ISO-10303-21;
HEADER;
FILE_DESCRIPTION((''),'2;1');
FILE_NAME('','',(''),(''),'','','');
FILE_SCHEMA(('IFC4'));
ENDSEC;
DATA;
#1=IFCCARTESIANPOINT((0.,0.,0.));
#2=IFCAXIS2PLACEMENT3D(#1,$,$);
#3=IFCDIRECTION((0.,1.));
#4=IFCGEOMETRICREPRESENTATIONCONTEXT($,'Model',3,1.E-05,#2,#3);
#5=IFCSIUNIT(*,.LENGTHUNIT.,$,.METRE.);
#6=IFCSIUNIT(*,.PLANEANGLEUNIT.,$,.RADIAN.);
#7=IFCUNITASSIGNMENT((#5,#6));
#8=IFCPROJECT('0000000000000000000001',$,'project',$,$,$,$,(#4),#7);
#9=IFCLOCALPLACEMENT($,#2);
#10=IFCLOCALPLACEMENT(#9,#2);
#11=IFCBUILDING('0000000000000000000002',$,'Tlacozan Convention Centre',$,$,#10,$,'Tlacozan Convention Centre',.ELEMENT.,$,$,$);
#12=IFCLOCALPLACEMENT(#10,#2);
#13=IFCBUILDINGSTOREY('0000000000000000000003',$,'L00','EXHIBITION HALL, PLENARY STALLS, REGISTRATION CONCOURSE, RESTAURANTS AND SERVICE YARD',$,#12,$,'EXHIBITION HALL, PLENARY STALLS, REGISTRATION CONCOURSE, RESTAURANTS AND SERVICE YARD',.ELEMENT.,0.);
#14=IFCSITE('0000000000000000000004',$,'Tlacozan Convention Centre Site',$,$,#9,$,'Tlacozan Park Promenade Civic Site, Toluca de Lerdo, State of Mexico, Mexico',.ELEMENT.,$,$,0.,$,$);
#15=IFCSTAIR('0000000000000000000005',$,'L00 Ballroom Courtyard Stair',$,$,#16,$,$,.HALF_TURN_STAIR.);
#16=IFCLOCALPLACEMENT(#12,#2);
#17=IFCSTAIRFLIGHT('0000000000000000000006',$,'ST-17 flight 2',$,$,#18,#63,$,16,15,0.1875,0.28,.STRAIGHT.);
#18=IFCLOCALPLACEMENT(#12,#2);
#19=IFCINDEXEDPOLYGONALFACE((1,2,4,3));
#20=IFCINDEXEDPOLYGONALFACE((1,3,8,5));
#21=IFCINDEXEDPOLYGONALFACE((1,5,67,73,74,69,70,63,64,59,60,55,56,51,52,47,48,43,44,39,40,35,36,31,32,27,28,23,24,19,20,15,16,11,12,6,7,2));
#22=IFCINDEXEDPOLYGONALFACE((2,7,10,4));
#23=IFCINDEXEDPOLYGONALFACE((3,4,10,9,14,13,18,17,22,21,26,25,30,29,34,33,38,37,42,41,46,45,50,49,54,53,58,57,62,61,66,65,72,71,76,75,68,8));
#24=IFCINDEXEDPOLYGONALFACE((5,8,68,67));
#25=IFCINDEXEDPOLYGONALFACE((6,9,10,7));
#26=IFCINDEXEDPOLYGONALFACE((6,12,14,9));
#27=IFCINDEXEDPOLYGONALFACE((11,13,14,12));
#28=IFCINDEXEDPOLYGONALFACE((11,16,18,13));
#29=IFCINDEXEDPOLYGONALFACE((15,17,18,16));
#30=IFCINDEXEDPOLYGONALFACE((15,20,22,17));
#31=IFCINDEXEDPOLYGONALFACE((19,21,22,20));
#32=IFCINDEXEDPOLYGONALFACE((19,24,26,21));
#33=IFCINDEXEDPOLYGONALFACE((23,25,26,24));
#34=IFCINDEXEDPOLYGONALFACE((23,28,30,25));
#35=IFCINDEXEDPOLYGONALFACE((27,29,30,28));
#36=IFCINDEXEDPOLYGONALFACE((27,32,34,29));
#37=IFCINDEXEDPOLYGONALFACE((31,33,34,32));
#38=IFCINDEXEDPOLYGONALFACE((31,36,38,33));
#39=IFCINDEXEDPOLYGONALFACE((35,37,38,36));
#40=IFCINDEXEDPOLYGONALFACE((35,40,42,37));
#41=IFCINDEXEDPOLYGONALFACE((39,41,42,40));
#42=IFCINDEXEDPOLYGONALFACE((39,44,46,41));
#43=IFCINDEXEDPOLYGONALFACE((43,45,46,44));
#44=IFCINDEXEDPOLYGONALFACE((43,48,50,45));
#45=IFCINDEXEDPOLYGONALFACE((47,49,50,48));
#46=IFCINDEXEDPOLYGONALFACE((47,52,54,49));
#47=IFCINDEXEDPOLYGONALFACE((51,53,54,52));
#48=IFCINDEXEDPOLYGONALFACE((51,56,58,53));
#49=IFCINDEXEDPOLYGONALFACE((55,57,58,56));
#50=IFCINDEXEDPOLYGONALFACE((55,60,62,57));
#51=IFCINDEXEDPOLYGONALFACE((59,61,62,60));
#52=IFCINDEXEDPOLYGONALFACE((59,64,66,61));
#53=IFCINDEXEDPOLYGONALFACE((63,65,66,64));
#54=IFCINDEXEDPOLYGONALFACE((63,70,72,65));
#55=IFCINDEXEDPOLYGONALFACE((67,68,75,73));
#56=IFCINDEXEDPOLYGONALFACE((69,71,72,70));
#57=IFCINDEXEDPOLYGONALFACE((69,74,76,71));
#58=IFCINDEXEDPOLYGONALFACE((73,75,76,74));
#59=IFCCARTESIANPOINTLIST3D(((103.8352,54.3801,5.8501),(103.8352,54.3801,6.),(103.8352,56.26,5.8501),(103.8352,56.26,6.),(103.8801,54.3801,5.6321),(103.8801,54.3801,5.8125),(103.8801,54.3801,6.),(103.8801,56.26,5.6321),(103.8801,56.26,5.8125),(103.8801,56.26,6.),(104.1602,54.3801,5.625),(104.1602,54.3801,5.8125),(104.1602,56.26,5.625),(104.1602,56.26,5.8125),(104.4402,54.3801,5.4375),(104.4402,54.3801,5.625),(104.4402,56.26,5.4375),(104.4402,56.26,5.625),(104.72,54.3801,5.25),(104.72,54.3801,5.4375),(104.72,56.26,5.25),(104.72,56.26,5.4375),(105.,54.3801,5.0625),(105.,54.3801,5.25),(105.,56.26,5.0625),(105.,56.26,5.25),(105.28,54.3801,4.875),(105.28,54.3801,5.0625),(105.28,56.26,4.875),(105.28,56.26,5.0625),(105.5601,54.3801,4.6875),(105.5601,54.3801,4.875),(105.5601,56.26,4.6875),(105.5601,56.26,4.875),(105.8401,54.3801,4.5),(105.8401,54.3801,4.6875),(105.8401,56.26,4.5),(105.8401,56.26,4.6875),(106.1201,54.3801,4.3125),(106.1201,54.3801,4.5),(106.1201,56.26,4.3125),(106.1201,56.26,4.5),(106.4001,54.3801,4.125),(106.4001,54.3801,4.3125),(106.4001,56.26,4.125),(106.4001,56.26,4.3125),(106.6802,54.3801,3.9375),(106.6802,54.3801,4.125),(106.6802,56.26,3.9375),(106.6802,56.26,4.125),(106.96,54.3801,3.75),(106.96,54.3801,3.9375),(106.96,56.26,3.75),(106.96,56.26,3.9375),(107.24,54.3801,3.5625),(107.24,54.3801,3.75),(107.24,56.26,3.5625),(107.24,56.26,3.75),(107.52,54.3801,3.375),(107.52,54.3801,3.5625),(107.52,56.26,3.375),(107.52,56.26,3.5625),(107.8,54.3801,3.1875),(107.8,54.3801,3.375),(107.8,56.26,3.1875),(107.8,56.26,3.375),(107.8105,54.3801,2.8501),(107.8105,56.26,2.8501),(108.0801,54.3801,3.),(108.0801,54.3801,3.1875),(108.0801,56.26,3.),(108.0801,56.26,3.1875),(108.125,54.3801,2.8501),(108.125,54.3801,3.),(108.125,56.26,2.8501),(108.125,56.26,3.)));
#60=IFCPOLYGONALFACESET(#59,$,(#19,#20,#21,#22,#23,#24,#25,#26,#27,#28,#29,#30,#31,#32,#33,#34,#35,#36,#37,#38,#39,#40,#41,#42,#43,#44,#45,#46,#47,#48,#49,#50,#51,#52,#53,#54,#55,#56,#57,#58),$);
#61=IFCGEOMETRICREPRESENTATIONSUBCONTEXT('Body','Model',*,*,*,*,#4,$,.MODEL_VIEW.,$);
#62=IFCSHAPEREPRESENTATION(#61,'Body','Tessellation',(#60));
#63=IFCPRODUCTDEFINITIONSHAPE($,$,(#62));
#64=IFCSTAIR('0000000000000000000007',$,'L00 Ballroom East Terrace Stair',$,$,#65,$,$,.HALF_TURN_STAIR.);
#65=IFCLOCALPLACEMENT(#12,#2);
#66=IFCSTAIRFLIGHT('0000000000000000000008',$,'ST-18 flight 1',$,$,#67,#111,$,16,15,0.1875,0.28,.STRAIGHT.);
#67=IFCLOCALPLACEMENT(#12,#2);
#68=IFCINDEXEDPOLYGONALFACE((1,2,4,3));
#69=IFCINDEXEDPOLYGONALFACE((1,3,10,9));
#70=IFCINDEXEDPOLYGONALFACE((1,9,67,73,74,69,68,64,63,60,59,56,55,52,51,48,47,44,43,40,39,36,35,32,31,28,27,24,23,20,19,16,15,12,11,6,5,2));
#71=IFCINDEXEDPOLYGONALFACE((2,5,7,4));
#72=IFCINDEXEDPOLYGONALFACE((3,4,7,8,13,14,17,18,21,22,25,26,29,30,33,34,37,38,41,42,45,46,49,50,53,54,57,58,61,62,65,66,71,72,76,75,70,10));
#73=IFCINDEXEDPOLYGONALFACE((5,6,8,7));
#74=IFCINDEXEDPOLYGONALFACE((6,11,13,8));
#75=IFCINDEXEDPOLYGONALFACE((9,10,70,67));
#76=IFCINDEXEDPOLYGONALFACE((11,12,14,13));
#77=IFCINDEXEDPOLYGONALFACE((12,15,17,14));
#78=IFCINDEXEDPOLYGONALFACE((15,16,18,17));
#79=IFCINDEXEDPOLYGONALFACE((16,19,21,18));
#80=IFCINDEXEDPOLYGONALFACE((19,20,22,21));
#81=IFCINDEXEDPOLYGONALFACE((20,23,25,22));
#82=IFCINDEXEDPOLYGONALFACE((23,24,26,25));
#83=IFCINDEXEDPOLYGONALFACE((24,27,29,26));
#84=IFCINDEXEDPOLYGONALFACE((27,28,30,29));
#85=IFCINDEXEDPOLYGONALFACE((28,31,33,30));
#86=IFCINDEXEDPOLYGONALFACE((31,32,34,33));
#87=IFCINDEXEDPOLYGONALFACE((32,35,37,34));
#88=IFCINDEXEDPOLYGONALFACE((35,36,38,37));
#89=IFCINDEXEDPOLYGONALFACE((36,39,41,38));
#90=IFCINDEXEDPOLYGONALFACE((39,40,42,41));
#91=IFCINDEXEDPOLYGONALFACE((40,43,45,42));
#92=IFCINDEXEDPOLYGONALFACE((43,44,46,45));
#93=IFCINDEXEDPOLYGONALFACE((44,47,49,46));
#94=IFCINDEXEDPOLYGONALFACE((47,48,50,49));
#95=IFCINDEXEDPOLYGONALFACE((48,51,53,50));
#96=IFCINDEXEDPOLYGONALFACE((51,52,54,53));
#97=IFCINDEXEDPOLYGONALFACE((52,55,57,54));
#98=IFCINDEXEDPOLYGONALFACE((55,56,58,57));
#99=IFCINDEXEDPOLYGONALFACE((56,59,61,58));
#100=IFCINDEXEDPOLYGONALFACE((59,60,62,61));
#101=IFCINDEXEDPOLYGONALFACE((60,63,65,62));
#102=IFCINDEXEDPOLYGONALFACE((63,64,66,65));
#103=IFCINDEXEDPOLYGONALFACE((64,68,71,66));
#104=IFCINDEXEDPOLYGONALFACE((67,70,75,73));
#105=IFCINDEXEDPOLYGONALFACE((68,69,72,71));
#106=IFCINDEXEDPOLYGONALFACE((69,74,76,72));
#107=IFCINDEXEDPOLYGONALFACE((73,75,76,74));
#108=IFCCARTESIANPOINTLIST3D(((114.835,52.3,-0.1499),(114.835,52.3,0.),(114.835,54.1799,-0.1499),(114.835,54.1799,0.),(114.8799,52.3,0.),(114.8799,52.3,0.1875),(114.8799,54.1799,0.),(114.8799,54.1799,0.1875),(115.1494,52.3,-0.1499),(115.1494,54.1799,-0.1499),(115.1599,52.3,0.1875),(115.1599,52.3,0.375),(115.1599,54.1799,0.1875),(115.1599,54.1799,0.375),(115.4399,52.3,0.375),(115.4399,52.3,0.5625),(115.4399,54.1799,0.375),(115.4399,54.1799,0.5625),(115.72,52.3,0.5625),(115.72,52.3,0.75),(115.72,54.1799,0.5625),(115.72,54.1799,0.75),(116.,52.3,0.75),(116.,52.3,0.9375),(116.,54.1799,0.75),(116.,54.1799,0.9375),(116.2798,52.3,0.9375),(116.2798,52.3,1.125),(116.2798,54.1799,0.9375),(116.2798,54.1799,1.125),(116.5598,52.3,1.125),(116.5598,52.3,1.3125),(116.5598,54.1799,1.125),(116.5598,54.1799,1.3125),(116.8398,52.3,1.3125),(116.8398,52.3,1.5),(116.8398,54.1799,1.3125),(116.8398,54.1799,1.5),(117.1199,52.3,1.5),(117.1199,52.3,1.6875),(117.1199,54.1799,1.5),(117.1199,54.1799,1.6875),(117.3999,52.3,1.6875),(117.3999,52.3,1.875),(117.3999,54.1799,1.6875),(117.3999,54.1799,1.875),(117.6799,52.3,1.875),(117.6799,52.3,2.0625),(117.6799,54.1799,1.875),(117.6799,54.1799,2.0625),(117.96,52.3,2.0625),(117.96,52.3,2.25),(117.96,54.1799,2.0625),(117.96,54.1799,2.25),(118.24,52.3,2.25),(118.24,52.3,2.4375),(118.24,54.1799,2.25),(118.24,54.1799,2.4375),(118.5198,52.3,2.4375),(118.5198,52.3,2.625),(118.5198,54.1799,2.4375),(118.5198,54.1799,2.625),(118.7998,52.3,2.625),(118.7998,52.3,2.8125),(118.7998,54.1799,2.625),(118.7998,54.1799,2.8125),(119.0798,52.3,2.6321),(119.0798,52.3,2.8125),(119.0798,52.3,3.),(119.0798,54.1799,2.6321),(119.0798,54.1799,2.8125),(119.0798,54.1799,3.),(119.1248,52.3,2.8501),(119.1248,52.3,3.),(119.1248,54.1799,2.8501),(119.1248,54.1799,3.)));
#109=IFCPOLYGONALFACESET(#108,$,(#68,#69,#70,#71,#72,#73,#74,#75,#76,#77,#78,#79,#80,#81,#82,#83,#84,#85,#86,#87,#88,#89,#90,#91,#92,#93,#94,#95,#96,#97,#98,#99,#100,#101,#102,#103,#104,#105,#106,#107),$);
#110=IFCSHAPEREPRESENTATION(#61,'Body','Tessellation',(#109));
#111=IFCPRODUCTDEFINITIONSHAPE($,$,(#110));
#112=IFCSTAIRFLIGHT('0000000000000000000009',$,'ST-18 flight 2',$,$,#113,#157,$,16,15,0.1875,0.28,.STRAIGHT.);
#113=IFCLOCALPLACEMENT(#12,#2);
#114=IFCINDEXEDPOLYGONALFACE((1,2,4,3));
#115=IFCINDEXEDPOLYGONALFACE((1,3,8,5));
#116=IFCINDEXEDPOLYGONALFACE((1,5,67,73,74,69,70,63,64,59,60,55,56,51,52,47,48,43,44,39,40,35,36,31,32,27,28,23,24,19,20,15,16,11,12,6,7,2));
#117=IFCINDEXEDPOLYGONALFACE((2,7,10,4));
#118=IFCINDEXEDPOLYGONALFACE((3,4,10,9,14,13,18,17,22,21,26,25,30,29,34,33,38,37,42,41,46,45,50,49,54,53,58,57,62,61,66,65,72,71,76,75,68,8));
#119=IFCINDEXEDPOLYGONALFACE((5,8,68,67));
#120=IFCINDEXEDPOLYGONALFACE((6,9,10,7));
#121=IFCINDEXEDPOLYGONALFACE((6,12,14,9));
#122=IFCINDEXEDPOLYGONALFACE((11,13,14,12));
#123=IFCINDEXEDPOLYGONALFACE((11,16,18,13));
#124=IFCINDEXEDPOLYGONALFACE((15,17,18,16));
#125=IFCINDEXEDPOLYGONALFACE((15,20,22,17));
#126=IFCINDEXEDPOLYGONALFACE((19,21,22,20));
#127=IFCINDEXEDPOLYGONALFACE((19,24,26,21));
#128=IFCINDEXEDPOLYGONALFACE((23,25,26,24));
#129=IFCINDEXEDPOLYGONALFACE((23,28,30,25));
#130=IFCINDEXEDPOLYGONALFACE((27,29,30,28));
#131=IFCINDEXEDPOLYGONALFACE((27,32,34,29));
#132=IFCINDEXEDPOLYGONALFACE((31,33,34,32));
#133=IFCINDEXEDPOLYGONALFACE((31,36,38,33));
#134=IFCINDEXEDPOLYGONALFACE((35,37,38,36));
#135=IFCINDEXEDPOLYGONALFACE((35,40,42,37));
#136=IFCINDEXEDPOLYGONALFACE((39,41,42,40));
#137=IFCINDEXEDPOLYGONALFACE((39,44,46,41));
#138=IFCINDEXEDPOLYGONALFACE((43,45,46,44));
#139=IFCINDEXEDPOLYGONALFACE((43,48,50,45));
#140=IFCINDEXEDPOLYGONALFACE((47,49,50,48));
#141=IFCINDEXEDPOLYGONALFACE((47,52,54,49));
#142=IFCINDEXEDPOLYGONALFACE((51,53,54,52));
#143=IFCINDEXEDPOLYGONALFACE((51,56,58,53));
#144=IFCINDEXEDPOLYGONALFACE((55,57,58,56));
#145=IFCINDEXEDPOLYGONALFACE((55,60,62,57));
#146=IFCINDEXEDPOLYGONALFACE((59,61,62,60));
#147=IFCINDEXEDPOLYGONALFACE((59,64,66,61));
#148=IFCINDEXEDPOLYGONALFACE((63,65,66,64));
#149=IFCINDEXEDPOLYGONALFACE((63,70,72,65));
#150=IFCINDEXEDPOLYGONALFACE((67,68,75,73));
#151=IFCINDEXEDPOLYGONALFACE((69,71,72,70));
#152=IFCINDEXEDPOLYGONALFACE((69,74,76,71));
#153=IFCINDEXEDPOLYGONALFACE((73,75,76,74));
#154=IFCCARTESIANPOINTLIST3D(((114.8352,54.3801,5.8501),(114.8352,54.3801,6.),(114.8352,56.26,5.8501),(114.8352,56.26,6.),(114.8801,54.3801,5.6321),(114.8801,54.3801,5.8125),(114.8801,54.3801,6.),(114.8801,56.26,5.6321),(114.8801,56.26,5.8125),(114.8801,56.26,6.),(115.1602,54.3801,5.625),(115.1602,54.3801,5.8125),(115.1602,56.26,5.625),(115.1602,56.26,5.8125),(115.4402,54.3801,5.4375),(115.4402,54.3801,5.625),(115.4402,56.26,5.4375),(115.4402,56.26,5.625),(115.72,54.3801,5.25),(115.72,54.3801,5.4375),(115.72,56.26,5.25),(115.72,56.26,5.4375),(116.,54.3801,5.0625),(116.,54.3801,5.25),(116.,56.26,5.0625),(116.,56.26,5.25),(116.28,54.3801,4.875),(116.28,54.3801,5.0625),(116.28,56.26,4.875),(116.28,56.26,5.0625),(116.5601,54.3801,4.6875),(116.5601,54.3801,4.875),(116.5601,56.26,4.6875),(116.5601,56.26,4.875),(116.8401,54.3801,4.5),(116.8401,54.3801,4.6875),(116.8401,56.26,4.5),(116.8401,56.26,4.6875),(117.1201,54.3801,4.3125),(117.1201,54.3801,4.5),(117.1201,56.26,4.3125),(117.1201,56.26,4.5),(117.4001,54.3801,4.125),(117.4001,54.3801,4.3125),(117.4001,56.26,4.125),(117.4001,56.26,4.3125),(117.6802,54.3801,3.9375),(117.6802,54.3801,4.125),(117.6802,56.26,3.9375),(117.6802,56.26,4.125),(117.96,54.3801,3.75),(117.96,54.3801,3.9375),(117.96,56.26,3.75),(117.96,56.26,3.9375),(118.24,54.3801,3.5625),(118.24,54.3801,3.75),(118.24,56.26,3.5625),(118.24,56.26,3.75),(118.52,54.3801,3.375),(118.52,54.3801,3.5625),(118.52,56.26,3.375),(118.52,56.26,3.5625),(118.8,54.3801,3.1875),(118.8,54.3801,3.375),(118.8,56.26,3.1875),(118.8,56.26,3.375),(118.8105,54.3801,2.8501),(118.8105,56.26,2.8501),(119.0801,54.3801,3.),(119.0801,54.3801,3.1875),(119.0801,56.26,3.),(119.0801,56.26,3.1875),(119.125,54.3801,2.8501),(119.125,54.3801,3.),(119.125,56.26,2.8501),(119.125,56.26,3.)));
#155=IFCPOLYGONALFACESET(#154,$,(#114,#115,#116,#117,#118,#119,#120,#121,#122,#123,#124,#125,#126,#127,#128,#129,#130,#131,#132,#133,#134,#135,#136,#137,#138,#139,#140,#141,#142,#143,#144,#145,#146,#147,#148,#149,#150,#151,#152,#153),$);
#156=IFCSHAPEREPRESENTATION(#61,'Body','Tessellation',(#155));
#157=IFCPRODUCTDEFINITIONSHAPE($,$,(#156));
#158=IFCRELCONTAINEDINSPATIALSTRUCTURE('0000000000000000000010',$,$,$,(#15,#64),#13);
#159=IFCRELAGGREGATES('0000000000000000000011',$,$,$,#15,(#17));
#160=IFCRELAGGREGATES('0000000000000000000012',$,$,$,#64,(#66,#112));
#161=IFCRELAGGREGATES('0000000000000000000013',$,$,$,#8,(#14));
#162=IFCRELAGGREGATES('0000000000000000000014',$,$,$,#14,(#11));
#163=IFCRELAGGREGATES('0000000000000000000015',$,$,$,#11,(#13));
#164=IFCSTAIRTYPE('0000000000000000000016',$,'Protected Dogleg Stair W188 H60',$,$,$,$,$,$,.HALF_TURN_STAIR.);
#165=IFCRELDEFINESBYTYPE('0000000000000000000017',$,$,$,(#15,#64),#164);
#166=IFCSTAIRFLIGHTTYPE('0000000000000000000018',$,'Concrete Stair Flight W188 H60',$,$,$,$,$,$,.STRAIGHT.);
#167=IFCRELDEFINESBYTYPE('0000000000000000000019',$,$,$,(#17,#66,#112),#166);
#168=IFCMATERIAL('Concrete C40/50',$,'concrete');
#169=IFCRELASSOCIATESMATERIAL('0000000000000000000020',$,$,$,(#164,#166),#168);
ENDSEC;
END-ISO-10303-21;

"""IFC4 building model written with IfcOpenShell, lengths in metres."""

from ifc_helpers import new_model, si_unit, direction, frame, origin, place, context, subcontext, project, spatial, polyline, outline, extrude, material, type_object, element, aggregate, save


model = new_model("IFC4")

# Units and contexts
model_context = context("Model", 3, precision=1e-05, world=origin(), true_north=direction((0.0, 1.0)))
body_context = subcontext(model_context, "Body", "Model", "MODEL_VIEW")
ifc_project = project(units=[si_unit("LENGTHUNIT", "METRE"), si_unit("PLANEANGLEUNIT", "RADIAN")], contexts=[model_context])

# Site, building, storey
site_placement = place(None, origin())
site = spatial("IfcSite", under=ifc_project, at=site_placement, Name="Tlacozan Convention Centre Site", LongName="Tlacozan Park Promenade Civic Site, Toluca de Lerdo, State of Mexico, Mexico", CompositionType="ELEMENT", RefElevation=0.0)
building_placement = place(site_placement, origin())
building = spatial("IfcBuilding", under=site, at=building_placement, Name="Tlacozan Convention Centre", LongName="Tlacozan Convention Centre", CompositionType="ELEMENT")
storey_placement = place(building_placement, origin())
storey = spatial("IfcBuildingStorey", under=building, at=storey_placement, Name="L00", Description="EXHIBITION HALL, PLENARY STALLS, REGISTRATION CONCOURSE, RESTAURANTS AND SERVICE YARD", LongName="EXHIBITION HALL, PLENARY STALLS, REGISTRATION CONCOURSE, RESTAURANTS AND SERVICE YARD", CompositionType="ELEMENT", Elevation=0.0)

# Shared definitions
ifc_material_1 = material(Name="Concrete C40/50", Category="concrete")

# Stair, stair flight
stair_type = type_object("IfcStairType", Name="Protected Dogleg Stair W188 H60", PredefinedType="HALF_TURN_STAIR", material=ifc_material_1)
stair_flight_type = type_object("IfcStairFlightType", Name="Concrete Stair Flight W188 H60", PredefinedType="STRAIGHT", material=ifc_material_1)
stair_1_placement = place(storey_placement, origin())
stair_1 = element("IfcStair", 1, at=stair_1_placement, inside=storey, type_object=stair_type, Name="L00 Ballroom Courtyard Stair", PredefinedType="HALF_TURN_STAIR")
stair_flight_1_placement = place(storey_placement, frame((108.0801, 55.3201, 3.0), z_axis=(0.0, 0.0, 1.0), x_axis=(-1.0, 0.0, 0.0)))
stair_flight_1 = element("IfcStairFlight", 2, at=stair_flight_1_placement, type_object=stair_flight_type, Name="ST-17 flight 2", NumberOfRisers=16, NumberOfTreads=15, PredefinedType="STRAIGHT", RiserHeight=0.1875, TreadLength=0.28, context=body_context, shape_type="SweptSolid", body=[
    extrude(outline(polyline([(-0.0449, -0.1499), (-0.0449, 0.0), (0.0, 0.0), (0.0, 0.1875), (0.28, 0.1875), (0.28, 0.375), (0.5601, 0.375), (0.5601, 0.5625), (0.8401, 0.5625), (0.8401, 0.75), (1.1201, 0.75), (1.1201, 0.9375), (1.3999, 0.9375), (1.3999, 1.125), (1.6799, 1.125), (1.6799, 1.3125), (1.96, 1.3125), (1.96, 1.5), (2.24, 1.5), (2.24, 1.6875), (2.52, 1.6875), (2.52, 1.875), (2.8, 1.875), (2.8, 2.0625), (3.0801, 2.0625), (3.0801, 2.25), (3.3601, 2.25), (3.3601, 2.4375), (3.6399, 2.4375), (3.6399, 2.625), (3.9199, 2.625), (3.9199, 2.8125), (4.2, 2.8125), (4.2, 3.0), (4.2449, 3.0), (4.2449, 2.8501), (4.2, 2.6321), (0.2695, -0.1499), (-0.0449, -0.1499)])), frame((0.0, 0.9399, 0.0), z_axis=(0.0, -1.0, 0.0), x_axis=(1.0, 0.0, 0.0)), (0.0, 0.0, 1.0), 1.8799),
])
aggregate(stair_1, [stair_flight_1])

# Stair, stair flights
stair_2_placement = place(storey_placement, origin())
stair_2 = element("IfcStair", 3, at=stair_2_placement, inside=storey, type_object=stair_type, Name="L00 Ballroom East Terrace Stair", PredefinedType="HALF_TURN_STAIR")
stair_flight_2_placement = place(storey_placement, frame((114.8799, 53.24, 0.0), z_axis=(0.0, 0.0, 1.0), x_axis=(1.0, 0.0, 0.0)))
stair_flight_2 = element("IfcStairFlight", 4, at=stair_flight_2_placement, type_object=stair_flight_type, Name="ST-18 flight 1", NumberOfRisers=16, NumberOfTreads=15, PredefinedType="STRAIGHT", RiserHeight=0.1875, TreadLength=0.28, context=body_context, shape_type="SweptSolid", body=[
    extrude(outline(polyline([(-0.0449, -0.1499), (-0.0449, 0.0), (0.0, 0.0), (0.0, 0.1875), (0.28, 0.1875), (0.28, 0.375), (0.5601, 0.375), (0.5601, 0.5625), (0.8401, 0.5625), (0.8401, 0.75), (1.1201, 0.75), (1.1201, 0.9375), (1.3999, 0.9375), (1.3999, 1.125), (1.6799, 1.125), (1.6799, 1.3125), (1.96, 1.3125), (1.96, 1.5), (2.24, 1.5), (2.24, 1.6875), (2.52, 1.6875), (2.52, 1.875), (2.8, 1.875), (2.8, 2.0625), (3.0801, 2.0625), (3.0801, 2.25), (3.3601, 2.25), (3.3601, 2.4375), (3.6399, 2.4375), (3.6399, 2.625), (3.9199, 2.625), (3.9199, 2.8125), (4.2, 2.8125), (4.2, 3.0), (4.2449, 3.0), (4.2449, 2.8501), (4.2, 2.6321), (0.2695, -0.1499), (-0.0449, -0.1499)])), frame((0.0, 0.9399, 0.0), z_axis=(0.0, -1.0, 0.0), x_axis=(1.0, 0.0, 0.0)), (0.0, 0.0, 1.0), 1.8799),
])
stair_flight_3_placement = place(storey_placement, frame((119.0801, 55.3201, 3.0), z_axis=(0.0, 0.0, 1.0), x_axis=(-1.0, 0.0, 0.0)))
stair_flight_3 = element("IfcStairFlight", 5, at=stair_flight_3_placement, type_object=stair_flight_type, Name="ST-18 flight 2", NumberOfRisers=16, NumberOfTreads=15, PredefinedType="STRAIGHT", RiserHeight=0.1875, TreadLength=0.28, context=body_context, shape_type="SweptSolid", body=[
    extrude(outline(polyline([(-0.0449, -0.1499), (-0.0449, 0.0), (0.0, 0.0), (0.0, 0.1875), (0.28, 0.1875), (0.28, 0.375), (0.5601, 0.375), (0.5601, 0.5625), (0.8401, 0.5625), (0.8401, 0.75), (1.1201, 0.75), (1.1201, 0.9375), (1.3999, 0.9375), (1.3999, 1.125), (1.6799, 1.125), (1.6799, 1.3125), (1.96, 1.3125), (1.96, 1.5), (2.24, 1.5), (2.24, 1.6875), (2.52, 1.6875), (2.52, 1.875), (2.8, 1.875), (2.8, 2.0625), (3.0801, 2.0625), (3.0801, 2.25), (3.3601, 2.25), (3.3601, 2.4375), (3.6399, 2.4375), (3.6399, 2.625), (3.9199, 2.625), (3.9199, 2.8125), (4.2, 2.8125), (4.2, 3.0), (4.2449, 3.0), (4.2449, 2.8501), (4.2, 2.6321), (0.2695, -0.1499), (-0.0449, -0.1499)])), frame((0.0, 0.9399, 0.0), z_axis=(0.0, -1.0, 0.0), x_axis=(1.0, 0.0, 0.0)), (0.0, 0.0, 1.0), 1.8799),
])
aggregate(stair_2, [stair_flight_2, stair_flight_3])

save(model, "model.ifc")
